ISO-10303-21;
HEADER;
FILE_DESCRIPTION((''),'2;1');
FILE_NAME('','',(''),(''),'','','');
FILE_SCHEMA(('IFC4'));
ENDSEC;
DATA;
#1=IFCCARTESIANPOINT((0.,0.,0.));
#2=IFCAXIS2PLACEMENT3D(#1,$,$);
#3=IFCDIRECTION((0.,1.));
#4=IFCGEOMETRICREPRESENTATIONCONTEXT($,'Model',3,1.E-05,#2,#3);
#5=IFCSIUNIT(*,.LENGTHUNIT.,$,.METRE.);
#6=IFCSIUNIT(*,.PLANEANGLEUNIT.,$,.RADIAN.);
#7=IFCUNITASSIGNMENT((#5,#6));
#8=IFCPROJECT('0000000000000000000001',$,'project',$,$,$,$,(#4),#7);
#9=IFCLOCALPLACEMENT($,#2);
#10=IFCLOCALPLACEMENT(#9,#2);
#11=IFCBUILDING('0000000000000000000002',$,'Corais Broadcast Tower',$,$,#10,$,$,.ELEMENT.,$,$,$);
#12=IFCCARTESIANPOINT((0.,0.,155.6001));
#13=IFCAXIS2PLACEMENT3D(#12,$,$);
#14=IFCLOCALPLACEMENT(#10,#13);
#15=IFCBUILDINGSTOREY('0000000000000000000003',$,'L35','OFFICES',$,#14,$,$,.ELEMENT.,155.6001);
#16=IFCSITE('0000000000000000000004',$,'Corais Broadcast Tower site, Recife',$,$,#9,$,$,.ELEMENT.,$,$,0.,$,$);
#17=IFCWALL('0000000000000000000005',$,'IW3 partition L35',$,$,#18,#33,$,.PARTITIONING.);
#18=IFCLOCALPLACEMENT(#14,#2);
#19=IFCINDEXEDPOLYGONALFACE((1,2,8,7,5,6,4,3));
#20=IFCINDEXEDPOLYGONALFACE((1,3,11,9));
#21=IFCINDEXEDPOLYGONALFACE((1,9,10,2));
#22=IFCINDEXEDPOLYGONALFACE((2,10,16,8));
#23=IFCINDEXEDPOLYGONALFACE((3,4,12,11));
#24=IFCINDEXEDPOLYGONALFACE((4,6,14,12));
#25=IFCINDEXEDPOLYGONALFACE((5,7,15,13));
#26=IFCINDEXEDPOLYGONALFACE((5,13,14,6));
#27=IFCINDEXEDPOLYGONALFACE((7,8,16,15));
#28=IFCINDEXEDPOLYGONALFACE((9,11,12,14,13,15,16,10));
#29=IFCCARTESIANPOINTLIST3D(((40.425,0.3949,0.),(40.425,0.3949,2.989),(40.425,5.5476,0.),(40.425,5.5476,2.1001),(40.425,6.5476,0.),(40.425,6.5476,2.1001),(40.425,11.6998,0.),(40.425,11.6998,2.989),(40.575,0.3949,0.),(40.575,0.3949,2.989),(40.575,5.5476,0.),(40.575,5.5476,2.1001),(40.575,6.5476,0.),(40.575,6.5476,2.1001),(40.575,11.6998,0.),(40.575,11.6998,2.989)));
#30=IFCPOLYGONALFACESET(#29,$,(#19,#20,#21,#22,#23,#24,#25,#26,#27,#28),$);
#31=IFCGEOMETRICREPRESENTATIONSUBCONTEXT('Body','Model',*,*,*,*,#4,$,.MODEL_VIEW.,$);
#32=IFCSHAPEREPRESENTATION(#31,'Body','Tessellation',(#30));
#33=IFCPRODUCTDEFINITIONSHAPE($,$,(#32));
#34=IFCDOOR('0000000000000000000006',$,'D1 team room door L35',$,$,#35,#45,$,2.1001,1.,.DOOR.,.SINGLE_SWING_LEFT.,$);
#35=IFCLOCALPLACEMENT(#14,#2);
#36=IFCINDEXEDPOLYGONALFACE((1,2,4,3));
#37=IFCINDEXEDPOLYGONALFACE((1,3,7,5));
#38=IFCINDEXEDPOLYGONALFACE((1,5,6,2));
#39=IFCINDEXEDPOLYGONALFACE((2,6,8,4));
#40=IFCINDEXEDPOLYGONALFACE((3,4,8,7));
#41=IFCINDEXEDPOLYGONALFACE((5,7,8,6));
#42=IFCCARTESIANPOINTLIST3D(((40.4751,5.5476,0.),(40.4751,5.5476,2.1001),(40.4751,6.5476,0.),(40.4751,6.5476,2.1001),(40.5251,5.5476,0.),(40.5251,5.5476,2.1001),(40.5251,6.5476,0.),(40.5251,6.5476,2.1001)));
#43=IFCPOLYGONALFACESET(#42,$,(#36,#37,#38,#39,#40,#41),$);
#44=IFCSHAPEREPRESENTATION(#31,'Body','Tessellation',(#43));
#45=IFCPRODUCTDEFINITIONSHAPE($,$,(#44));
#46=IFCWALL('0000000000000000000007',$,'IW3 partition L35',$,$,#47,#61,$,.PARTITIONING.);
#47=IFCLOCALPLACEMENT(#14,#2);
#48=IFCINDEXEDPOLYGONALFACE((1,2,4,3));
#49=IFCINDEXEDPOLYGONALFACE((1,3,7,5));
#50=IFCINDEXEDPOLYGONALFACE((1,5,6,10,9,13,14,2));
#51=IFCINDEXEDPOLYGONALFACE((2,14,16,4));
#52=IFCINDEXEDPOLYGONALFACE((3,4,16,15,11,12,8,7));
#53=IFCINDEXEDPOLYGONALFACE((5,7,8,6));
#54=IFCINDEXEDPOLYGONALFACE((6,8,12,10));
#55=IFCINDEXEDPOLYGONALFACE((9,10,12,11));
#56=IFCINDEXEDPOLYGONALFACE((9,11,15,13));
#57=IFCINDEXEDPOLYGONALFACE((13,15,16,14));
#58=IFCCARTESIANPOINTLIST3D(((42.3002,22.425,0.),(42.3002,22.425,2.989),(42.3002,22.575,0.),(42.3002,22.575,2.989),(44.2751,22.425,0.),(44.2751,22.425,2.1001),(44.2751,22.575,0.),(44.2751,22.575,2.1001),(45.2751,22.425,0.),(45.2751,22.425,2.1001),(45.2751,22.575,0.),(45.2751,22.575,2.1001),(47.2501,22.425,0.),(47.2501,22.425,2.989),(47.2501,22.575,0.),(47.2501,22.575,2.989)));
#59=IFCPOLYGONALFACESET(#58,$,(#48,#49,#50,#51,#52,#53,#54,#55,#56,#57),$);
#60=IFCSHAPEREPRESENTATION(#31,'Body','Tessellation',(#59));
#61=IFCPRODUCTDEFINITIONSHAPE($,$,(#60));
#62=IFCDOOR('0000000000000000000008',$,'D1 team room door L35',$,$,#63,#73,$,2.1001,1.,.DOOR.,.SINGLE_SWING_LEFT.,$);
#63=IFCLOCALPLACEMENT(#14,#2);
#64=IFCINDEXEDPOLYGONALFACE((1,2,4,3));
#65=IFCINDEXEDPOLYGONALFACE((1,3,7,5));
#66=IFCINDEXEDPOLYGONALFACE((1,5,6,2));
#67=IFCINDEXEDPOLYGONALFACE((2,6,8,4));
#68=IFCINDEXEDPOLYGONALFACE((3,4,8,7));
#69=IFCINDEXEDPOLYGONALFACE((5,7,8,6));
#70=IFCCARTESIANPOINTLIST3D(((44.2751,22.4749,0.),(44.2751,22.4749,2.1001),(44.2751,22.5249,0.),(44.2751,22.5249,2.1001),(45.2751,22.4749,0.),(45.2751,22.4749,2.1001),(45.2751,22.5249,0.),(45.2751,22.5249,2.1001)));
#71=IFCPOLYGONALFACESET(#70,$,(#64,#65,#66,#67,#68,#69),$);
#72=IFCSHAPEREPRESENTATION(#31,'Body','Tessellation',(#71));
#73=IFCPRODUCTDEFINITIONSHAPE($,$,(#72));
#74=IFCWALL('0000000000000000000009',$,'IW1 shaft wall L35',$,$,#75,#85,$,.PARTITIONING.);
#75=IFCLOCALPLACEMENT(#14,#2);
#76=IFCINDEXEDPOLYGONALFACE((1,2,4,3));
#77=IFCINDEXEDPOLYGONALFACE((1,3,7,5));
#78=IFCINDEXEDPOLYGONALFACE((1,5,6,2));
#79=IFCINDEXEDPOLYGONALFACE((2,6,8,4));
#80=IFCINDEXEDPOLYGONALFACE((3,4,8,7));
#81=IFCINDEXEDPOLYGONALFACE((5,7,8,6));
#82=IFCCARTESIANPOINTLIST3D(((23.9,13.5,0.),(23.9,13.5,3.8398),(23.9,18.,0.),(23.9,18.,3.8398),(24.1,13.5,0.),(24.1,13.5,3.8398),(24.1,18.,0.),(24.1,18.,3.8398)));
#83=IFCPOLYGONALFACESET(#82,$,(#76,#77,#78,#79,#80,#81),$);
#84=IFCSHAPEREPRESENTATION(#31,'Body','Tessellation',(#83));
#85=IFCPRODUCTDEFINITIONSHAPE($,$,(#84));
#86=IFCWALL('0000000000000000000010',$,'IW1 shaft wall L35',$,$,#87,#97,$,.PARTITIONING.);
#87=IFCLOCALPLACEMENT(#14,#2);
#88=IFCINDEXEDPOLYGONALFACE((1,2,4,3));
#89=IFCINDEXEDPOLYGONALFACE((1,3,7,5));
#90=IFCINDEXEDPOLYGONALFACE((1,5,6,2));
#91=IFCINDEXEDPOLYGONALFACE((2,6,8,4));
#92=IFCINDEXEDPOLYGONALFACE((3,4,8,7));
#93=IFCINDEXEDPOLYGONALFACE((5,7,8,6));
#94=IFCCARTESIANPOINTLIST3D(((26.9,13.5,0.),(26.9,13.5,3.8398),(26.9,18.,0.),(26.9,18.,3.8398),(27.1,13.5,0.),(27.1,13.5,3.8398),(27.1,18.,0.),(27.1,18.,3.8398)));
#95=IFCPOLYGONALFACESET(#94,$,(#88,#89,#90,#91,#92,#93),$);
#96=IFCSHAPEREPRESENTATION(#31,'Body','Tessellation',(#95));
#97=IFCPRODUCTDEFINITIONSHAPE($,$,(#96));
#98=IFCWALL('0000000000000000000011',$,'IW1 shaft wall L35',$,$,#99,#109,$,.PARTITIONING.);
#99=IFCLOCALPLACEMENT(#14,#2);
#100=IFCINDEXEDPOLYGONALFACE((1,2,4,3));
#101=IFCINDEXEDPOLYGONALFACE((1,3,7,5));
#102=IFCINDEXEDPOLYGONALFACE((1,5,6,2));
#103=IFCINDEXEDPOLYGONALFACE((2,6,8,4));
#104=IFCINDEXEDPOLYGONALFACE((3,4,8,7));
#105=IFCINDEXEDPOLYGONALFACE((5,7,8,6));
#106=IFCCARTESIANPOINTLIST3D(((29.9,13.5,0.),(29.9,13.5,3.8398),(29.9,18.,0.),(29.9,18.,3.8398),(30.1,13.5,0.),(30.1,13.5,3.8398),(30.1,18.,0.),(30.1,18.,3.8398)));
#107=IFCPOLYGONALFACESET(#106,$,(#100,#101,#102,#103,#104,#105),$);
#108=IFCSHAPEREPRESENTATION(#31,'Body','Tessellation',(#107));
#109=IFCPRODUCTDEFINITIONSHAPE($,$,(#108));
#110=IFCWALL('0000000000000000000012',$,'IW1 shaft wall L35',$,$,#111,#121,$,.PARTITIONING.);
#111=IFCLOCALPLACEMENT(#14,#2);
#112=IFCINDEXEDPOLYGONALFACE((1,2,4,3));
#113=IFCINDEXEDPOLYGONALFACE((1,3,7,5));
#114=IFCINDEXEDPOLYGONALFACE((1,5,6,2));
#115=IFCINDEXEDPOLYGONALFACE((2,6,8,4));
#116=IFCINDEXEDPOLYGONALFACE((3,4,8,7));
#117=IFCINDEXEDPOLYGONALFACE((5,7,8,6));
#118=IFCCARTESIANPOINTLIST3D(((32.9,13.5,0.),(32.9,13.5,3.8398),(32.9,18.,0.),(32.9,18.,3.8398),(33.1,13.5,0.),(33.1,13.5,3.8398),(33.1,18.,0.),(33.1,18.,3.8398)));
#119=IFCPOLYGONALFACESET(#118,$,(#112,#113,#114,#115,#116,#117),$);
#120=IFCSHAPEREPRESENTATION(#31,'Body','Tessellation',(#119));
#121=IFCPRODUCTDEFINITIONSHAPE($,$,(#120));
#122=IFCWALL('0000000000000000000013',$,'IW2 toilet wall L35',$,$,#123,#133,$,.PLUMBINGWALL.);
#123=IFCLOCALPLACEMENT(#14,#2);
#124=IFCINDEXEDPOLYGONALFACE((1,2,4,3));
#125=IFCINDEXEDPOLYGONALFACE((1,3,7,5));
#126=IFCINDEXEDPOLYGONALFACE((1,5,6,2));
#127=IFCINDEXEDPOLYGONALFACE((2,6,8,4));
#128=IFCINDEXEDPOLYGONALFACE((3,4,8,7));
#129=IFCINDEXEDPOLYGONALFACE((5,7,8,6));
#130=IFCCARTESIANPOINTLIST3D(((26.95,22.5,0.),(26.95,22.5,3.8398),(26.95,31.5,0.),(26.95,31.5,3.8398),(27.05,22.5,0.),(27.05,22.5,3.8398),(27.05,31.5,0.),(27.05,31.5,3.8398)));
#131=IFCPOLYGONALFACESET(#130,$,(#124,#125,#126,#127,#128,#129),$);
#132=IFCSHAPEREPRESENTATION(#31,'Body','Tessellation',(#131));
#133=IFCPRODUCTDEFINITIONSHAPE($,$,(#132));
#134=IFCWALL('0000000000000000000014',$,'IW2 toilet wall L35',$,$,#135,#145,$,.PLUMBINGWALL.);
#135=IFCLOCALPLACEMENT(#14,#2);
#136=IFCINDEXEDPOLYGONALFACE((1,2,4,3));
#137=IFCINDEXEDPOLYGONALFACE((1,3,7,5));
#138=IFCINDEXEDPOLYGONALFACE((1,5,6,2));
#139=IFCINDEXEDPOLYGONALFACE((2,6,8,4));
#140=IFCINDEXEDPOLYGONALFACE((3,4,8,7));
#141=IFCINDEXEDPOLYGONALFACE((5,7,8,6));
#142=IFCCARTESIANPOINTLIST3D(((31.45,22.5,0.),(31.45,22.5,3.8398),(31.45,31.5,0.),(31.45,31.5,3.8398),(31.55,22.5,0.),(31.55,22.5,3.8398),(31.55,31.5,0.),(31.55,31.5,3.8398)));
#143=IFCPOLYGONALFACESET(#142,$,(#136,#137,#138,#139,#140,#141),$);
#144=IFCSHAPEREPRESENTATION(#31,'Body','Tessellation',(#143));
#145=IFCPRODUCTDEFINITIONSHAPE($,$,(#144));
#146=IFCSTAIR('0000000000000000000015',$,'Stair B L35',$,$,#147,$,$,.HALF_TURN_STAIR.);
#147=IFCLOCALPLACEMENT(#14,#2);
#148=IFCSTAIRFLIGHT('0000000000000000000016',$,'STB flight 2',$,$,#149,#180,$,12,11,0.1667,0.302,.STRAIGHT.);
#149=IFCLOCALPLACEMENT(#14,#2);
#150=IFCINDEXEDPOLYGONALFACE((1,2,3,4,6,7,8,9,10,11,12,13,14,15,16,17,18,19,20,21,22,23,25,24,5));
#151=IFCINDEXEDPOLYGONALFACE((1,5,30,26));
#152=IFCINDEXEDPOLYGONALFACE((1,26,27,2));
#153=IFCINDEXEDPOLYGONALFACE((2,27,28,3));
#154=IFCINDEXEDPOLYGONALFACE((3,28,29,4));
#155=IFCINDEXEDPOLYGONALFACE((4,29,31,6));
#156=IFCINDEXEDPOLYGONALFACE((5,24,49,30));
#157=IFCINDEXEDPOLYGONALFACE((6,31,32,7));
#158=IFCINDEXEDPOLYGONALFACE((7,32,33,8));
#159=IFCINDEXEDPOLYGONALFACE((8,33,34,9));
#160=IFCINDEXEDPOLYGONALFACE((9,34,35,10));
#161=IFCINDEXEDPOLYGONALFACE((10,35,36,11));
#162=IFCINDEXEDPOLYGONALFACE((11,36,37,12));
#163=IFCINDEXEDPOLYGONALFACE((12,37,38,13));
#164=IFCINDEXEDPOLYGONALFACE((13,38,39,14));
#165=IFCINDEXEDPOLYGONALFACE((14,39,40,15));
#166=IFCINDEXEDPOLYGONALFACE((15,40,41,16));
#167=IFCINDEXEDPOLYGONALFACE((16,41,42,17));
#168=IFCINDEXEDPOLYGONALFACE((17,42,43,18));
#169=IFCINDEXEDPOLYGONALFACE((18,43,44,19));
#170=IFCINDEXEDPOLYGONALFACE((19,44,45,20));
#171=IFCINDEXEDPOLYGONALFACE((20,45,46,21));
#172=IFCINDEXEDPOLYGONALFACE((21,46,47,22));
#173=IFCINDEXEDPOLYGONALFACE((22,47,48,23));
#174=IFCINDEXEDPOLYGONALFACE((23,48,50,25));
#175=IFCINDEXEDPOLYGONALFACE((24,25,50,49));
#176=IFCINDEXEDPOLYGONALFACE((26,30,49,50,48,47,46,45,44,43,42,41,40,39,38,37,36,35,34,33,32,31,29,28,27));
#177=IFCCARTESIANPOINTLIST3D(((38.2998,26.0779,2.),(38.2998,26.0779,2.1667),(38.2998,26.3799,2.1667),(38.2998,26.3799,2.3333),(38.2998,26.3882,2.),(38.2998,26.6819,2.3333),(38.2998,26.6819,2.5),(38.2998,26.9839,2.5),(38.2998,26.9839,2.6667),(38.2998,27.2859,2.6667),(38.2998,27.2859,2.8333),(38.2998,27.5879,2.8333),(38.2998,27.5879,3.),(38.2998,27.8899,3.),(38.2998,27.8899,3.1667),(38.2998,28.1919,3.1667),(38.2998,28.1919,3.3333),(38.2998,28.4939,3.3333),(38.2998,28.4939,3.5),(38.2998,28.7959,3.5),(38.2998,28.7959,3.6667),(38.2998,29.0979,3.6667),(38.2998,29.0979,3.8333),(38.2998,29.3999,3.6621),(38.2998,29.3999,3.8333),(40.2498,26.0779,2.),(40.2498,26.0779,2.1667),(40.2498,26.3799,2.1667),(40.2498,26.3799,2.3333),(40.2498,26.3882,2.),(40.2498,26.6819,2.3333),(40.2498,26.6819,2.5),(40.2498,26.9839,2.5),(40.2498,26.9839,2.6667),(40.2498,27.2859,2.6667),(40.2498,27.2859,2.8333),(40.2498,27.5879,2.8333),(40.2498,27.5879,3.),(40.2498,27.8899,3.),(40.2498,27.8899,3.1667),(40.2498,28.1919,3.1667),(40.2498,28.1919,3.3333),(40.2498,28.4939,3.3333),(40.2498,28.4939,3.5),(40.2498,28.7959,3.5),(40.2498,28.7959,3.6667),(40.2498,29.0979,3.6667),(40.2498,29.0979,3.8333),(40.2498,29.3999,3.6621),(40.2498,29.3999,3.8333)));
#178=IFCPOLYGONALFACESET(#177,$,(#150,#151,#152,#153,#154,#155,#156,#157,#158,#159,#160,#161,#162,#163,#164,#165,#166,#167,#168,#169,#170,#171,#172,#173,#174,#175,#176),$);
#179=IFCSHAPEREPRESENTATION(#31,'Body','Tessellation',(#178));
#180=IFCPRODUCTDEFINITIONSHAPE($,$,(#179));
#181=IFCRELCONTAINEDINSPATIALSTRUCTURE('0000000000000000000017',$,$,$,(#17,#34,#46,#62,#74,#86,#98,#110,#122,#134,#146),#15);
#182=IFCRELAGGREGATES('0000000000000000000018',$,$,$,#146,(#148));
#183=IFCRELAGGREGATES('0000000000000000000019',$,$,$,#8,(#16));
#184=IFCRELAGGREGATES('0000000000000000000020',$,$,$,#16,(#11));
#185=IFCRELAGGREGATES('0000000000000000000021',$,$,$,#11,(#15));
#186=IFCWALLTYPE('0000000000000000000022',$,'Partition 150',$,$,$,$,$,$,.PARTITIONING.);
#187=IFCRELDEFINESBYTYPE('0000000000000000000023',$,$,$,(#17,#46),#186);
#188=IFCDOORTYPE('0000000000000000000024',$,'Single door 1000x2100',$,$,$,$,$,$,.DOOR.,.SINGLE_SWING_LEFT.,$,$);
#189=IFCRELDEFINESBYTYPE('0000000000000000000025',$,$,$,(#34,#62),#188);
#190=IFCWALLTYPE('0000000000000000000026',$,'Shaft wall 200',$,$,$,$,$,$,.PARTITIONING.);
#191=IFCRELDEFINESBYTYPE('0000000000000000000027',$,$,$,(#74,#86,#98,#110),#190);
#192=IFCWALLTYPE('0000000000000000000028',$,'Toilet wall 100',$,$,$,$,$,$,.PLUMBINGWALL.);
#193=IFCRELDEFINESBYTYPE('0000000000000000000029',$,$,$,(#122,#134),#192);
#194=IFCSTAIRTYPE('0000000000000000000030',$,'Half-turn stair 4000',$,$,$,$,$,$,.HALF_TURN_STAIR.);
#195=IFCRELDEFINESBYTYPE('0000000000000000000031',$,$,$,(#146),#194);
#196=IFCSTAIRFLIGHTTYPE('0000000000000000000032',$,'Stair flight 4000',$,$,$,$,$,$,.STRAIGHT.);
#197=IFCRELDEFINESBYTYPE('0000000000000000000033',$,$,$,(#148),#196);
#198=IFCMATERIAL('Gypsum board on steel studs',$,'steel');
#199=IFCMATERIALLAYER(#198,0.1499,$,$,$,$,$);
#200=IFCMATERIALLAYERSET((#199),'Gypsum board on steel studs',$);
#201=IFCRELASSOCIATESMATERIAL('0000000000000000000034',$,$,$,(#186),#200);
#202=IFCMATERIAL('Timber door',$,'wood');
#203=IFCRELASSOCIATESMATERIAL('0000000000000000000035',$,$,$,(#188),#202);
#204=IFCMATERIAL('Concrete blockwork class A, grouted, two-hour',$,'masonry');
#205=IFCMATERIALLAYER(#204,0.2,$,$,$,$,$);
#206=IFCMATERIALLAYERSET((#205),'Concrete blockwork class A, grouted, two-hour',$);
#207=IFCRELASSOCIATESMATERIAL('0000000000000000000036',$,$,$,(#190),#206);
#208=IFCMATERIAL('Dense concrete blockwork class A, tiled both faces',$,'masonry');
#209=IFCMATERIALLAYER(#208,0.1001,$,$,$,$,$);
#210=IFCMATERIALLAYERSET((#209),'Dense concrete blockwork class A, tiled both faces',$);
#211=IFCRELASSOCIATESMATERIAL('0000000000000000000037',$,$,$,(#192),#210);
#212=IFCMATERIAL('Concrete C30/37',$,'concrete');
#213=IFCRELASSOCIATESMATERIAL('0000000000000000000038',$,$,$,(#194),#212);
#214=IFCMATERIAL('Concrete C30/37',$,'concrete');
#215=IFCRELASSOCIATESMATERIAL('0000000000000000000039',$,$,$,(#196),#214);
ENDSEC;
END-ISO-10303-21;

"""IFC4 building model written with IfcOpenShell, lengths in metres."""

from ifc_helpers import new_model, si_unit, direction, frame, frame_2d, origin, place, context, subcontext, project, spatial, polyline, rectangle, outline, extrude, material, layer, layer_set, type_object, element, fill, aggregate, save


model = new_model("IFC4")

# Units and contexts
model_context = context("Model", 3, precision=1e-05, world=origin(), true_north=direction((0.0, 1.0)))
body_context = subcontext(model_context, "Body", "Model", "MODEL_VIEW")
ifc_project = project(units=[si_unit("LENGTHUNIT", "METRE"), si_unit("PLANEANGLEUNIT", "RADIAN")], contexts=[model_context])

# Site, building, storey
site_placement = place(None, origin())
site = spatial("IfcSite", under=ifc_project, at=site_placement, Name="Corais Broadcast Tower site, Recife", CompositionType="ELEMENT", RefElevation=0.0)
building_placement = place(site_placement, origin())
building = spatial("IfcBuilding", under=site, at=building_placement, Name="Corais Broadcast Tower", CompositionType="ELEMENT")
storey_placement = place(building_placement, frame((0.0, 0.0, 155.6001)))
storey = spatial("IfcBuildingStorey", under=building, at=storey_placement, Name="L35", Description="OFFICES", CompositionType="ELEMENT", Elevation=155.6001)

# Shared definitions
ifc_material_1 = material(Name="Gypsum board on steel studs", Category="steel")
ifc_layer_1 = layer(ifc_material_1, 0.1499)
ifc_layer_set_1 = layer_set([ifc_layer_1], Name="Gypsum board on steel studs")
wall_type_1 = type_object("IfcWallType", Name="Partition 150", PredefinedType="PARTITIONING", material=ifc_layer_set_1)
ifc_material_2 = material(Name="Timber door", Category="wood")
door_type_1 = type_object("IfcDoorType", Name="Single door 1000x2100", OperationType="SINGLE_SWING_LEFT", PredefinedType="DOOR", material=ifc_material_2)

# Walls, openings, doors
wall_1_placement = place(storey_placement, frame((40.5, 0.395, 0.0), z_axis=(0.0, 0.0, 1.0), x_axis=(0.0, 1.0, 0.0)))
wall_1 = element("IfcWall", 1, at=wall_1_placement, inside=storey, type_object=wall_type_1, Name="IW3 partition L35", PredefinedType="PARTITIONING", context=body_context, shape_type="SweptSolid", body=[
    extrude(rectangle(XDim=11.3049, YDim=0.1499, at=frame_2d((5.6523, 0.0))), origin(), (0.0, 0.0, 1.0), 2.989),
])
opening_1_placement = place(wall_1_placement, frame((5.1526, 0.0, 0.0)))
opening_1 = element("IfcOpeningElement", 2, at=opening_1_placement, cuts=wall_1, PredefinedType="OPENING", context=body_context, shape_type="SweptSolid", body=[
    extrude(rectangle(XDim=1.0, YDim=2.1001, at=frame_2d((0.5, 1.05))), frame((0.0, 0.085, 0.0), z_axis=(0.0, -1.0, 0.0), x_axis=(1.0, 0.0, 0.0)), (0.0, 0.0, 1.0), 0.1699),
])
door_1_placement = place(opening_1_placement, origin())
door_1 = element("IfcDoor", 3, at=door_1_placement, inside=storey, type_object=door_type_1, Name="D1 team room door L35", OperationType="SINGLE_SWING_LEFT", OverallHeight=2.1001, OverallWidth=1.0, PredefinedType="DOOR", context=body_context, shape_type="SweptSolid", body=[
    extrude(rectangle(XDim=1.0, YDim=2.1001, at=frame_2d((0.5, 1.05))), frame((0.0, 0.0249, 0.0), z_axis=(0.0, -1.0, 0.0), x_axis=(1.0, 0.0, 0.0)), (0.0, 0.0, 1.0), 0.05),
])
fill(opening_1, door_1)
wall_2_placement = place(storey_placement, frame((42.3, 22.5, 0.0), z_axis=(0.0, 0.0, 1.0), x_axis=(1.0, 0.0, 0.0)))
wall_2 = element("IfcWall", 4, at=wall_2_placement, inside=storey, type_object=wall_type_1, Name="IW3 partition L35", PredefinedType="PARTITIONING", context=body_context, shape_type="SweptSolid", body=[
    extrude(rectangle(XDim=4.95, YDim=0.1499, at=frame_2d((2.4751, 0.0))), origin(), (0.0, 0.0, 1.0), 2.989),
])
opening_2_placement = place(wall_2_placement, frame((1.9751, 0.0, 0.0)))
opening_2 = element("IfcOpeningElement", 5, at=opening_2_placement, cuts=wall_2, PredefinedType="OPENING", context=body_context, shape_type="SweptSolid", body=[
    extrude(rectangle(XDim=1.0, YDim=2.1001, at=frame_2d((0.5, 1.05))), frame((0.0, 0.085, 0.0), z_axis=(0.0, -1.0, 0.0), x_axis=(1.0, 0.0, 0.0)), (0.0, 0.0, 1.0), 0.1699),
])
door_2_placement = place(opening_2_placement, origin())
door_2 = element("IfcDoor", 6, at=door_2_placement, inside=storey, type_object=door_type_1, Name="D1 team room door L35", OperationType="SINGLE_SWING_LEFT", OverallHeight=2.1001, OverallWidth=1.0, PredefinedType="DOOR", context=body_context, shape_type="SweptSolid", body=[
    extrude(rectangle(XDim=1.0, YDim=2.1001, at=frame_2d((0.5, 1.05))), frame((0.0, 0.0249, 0.0), z_axis=(0.0, -1.0, 0.0), x_axis=(1.0, 0.0, 0.0)), (0.0, 0.0, 1.0), 0.05),
])
fill(opening_2, door_2)

# Walls
ifc_material_3 = material(Name="Concrete blockwork class A, grouted, two-hour", Category="masonry")
ifc_layer_2 = layer(ifc_material_3, 0.2)
ifc_layer_set_2 = layer_set([ifc_layer_2], Name="Concrete blockwork class A, grouted, two-hour")
wall_type_2 = type_object("IfcWallType", Name="Shaft wall 200", PredefinedType="PARTITIONING", material=ifc_layer_set_2)
for number, where, z_axis, x_axis, name in (
    (7, (24.0, 13.5, 0.0), (0.0, 0.0, 1.0), (0.0, 1.0, 0.0), "IW1 shaft wall L35"),
    (8, (27.0, 13.5, 0.0), (0.0, 0.0, 1.0), (0.0, 1.0, 0.0), "IW1 shaft wall L35"),
    (9, (30.0, 13.5, 0.0), (0.0, 0.0, 1.0), (0.0, 1.0, 0.0), "IW1 shaft wall L35"),
    (10, (33.0, 13.5, 0.0), (0.0, 0.0, 1.0), (0.0, 1.0, 0.0), "IW1 shaft wall L35"),
):
    element("IfcWall", number, at=place(storey_placement, frame(where, z_axis=z_axis, x_axis=x_axis)), inside=storey, type_object=wall_type_2, Name=name, PredefinedType="PARTITIONING", context=body_context, shape_type="SweptSolid", body=[
        extrude(rectangle(XDim=4.5, YDim=0.2, at=frame_2d((2.25, 0.0))), origin(), (0.0, 0.0, 1.0), 3.8398),
    ])
ifc_material_4 = material(Name="Dense concrete blockwork class A, tiled both faces", Category="masonry")
ifc_layer_3 = layer(ifc_material_4, 0.1001)
ifc_layer_set_3 = layer_set([ifc_layer_3], Name="Dense concrete blockwork class A, tiled both faces")
wall_type_3 = type_object("IfcWallType", Name="Toilet wall 100", PredefinedType="PLUMBINGWALL", material=ifc_layer_set_3)
for number, where, z_axis, x_axis, name in (
    (11, (27.0, 22.5, 0.0), (0.0, 0.0, 1.0), (0.0, 1.0, 0.0), "IW2 toilet wall L35"),
    (12, (31.5, 22.5, 0.0), (0.0, 0.0, 1.0), (0.0, 1.0, 0.0), "IW2 toilet wall L35"),
):
    element("IfcWall", number, at=place(storey_placement, frame(where, z_axis=z_axis, x_axis=x_axis)), inside=storey, type_object=wall_type_3, Name=name, PredefinedType="PLUMBINGWALL", context=body_context, shape_type="SweptSolid", body=[
        extrude(rectangle(XDim=9.0, YDim=0.1001, at=frame_2d((4.5, 0.0))), origin(), (0.0, 0.0, 1.0), 3.8398),
    ])

# Stair, stair flight
ifc_material_5 = material(Name="Concrete C30/37", Category="concrete")
stair_type = type_object("IfcStairType", Name="Half-turn stair 4000", PredefinedType="HALF_TURN_STAIR", material=ifc_material_5)
stair_placement = place(storey_placement, origin())
stair = element("IfcStair", 13, at=stair_placement, inside=storey, type_object=stair_type, Name="Stair B L35", PredefinedType="HALF_TURN_STAIR")
ifc_material_6 = material(Name="Concrete C30/37", Category="concrete")
stair_flight_type = type_object("IfcStairFlightType", Name="Stair flight 4000", PredefinedType="STRAIGHT", material=ifc_material_6)
stair_flight_placement = place(storey_placement, frame((39.2749, 26.0779, 2.0), z_axis=(0.0, 0.0, 1.0), x_axis=(0.0, 1.0, 0.0)))
stair_flight = element("IfcStairFlight", 14, at=stair_flight_placement, type_object=stair_flight_type, Name="STB flight 2", NumberOfRisers=12, NumberOfTreads=11, PredefinedType="STRAIGHT", RiserHeight=0.1667, TreadLength=0.302, context=body_context, shape_type="SweptSolid", body=[
    extrude(outline(polyline([(0.0, 0.0), (0.0, 0.1667), (0.302, 0.1667), (0.302, 0.3333), (0.604, 0.3333), (0.604, 0.5), (0.906, 0.5), (0.906, 0.6667), (1.208, 0.6667), (1.208, 0.8333), (1.51, 0.8333), (1.51, 1.0), (1.812, 1.0), (1.812, 1.1667), (2.114, 1.1667), (2.114, 1.3333), (2.416, 1.3333), (2.416, 1.5), (2.718, 1.5), (2.718, 1.6667), (3.02, 1.6667), (3.02, 1.8333), (3.322, 1.8333), (3.322, 2.0), (3.322, 1.6621), (0.3103, 0.0), (0.0, 0.0)])), frame((0.0, 0.9751, 0.0), z_axis=(0.0, -1.0, 0.0), x_axis=(1.0, 0.0, 0.0)), (0.0, 0.0, 1.0), 1.95),
])
aggregate(stair, [stair_flight])

save(model, "model.ifc")
